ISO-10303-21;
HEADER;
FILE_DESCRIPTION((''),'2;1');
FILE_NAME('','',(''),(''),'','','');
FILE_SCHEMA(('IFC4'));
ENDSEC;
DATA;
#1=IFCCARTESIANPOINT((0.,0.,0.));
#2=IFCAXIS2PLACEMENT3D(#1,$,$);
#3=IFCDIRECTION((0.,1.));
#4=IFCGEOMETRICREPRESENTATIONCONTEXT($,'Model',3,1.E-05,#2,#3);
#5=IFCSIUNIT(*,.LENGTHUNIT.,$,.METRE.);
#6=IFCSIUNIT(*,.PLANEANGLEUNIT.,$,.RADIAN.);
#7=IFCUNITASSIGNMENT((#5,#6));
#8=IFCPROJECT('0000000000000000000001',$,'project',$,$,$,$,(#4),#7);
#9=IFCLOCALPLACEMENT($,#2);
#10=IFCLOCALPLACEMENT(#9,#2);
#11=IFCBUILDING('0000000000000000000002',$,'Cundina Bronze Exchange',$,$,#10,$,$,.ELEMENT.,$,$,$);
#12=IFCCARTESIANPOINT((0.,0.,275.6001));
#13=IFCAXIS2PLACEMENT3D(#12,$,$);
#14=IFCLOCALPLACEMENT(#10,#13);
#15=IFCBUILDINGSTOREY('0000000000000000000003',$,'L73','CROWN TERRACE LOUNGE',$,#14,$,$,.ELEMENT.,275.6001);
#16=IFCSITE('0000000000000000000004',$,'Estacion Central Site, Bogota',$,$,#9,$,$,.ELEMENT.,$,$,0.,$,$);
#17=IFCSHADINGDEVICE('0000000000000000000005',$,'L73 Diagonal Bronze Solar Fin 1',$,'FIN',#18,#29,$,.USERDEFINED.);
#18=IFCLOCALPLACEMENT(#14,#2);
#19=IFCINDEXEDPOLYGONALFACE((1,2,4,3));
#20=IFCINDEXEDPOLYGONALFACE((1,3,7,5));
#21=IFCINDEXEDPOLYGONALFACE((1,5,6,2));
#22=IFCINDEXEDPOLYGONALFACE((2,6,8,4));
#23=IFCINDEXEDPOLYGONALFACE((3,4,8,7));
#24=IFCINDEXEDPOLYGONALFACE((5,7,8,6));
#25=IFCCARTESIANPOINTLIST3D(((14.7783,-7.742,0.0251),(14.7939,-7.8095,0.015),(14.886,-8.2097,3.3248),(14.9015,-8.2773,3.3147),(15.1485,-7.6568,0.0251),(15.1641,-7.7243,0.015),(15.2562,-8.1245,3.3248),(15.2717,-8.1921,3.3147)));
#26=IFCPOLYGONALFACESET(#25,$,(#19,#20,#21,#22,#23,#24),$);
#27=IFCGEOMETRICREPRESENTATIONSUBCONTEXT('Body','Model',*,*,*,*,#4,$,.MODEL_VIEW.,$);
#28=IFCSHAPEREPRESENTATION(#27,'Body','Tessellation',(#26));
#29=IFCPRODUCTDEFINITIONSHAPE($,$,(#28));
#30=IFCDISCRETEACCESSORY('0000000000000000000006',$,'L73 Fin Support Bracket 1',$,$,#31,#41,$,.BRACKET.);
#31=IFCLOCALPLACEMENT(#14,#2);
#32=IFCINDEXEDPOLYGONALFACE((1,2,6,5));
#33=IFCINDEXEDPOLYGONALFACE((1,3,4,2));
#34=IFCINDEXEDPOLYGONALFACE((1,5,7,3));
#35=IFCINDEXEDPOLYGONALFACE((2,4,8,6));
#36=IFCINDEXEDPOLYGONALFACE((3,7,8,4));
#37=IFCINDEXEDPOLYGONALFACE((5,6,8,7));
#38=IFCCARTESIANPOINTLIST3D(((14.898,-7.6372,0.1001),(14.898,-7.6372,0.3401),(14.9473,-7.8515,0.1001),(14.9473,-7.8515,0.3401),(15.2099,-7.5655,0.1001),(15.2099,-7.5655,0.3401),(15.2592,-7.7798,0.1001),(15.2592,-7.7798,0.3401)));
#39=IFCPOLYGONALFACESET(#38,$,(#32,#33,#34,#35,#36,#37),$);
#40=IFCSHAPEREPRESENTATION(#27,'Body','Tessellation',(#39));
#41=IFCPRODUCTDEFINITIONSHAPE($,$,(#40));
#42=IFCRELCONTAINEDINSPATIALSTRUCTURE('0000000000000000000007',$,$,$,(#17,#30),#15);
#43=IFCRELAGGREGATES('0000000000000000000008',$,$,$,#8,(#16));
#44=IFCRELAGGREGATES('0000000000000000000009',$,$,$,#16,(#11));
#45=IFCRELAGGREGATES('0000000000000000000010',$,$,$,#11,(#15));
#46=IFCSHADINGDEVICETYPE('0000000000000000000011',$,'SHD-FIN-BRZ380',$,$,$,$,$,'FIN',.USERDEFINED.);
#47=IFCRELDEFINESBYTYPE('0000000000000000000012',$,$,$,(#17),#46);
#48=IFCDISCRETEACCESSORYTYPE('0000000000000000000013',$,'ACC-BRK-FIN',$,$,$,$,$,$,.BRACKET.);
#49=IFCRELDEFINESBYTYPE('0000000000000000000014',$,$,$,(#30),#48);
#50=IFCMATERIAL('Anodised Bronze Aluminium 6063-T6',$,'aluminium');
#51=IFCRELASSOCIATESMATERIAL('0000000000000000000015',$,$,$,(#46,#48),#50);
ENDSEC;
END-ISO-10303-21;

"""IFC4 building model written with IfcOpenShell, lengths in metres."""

from ifc_helpers import new_model, si_unit, direction, frame, origin, origin_2d, place, context, subcontext, project, spatial, rectangle, extrude, material, material_profile, profile_set, type_object, element, save


model = new_model("IFC4")

# Units and contexts
model_context = context("Model", 3, precision=1e-05, world=origin(), true_north=direction((0.0, 1.0)))
body_context = subcontext(model_context, "Body", "Model", "MODEL_VIEW")
ifc_project = project(units=[si_unit("LENGTHUNIT", "METRE"), si_unit("PLANEANGLEUNIT", "RADIAN")], contexts=[model_context])

# Site, building, storey
site_placement = place(None, origin())
site = spatial("IfcSite", under=ifc_project, at=site_placement, Name="Estacion Central Site, Bogota", CompositionType="ELEMENT", RefElevation=0.0)
building_placement = place(site_placement, origin())
building = spatial("IfcBuilding", under=site, at=building_placement, Name="Cundina Bronze Exchange", CompositionType="ELEMENT")
storey_placement = place(building_placement, frame((0.0, 0.0, 275.6001)))
storey = spatial("IfcBuildingStorey", under=building, at=storey_placement, Name="L73", Description="CROWN TERRACE LOUNGE", CompositionType="ELEMENT", Elevation=275.6001)

# Shared definitions
ifc_material_1 = material(Name="Anodised Bronze Aluminium 6063-T6", Category="aluminium")

# Shading device
ifc_material_profile_1 = material_profile(ifc_material_1, rectangle(XDim=0.0701, YDim=0.3799, at=origin_2d()), Name="FIN70X380", Category="aluminium")
ifc_profile_set_1 = profile_set([ifc_material_profile_1], Name="Anodised Bronze Aluminium 6063-T6")
shading_device_type = type_object("IfcShadingDeviceType", Name="SHD-FIN-BRZ380", ElementType="FIN", PredefinedType="USERDEFINED", material=ifc_profile_set_1)
shading_device_placement = place(storey_placement, frame((14.9712, -7.7332, 0.02), z_axis=(0.032288, -0.140282, 0.989585), x_axis=(-0.221966, 0.96437, 0.143949)))
element("IfcShadingDevice", 1, at=shading_device_placement, inside=storey, type_object=shading_device_type, Name="L73 Diagonal Bronze Solar Fin 1", ObjectType="FIN", PredefinedType="USERDEFINED", context=body_context, shape_type="SweptSolid", body=[
    extrude(rectangle(XDim=0.0701, YDim=0.3799, at=origin_2d()), origin(), (0.0, 0.0, 1.0), 3.3345),
])

# Discrete accessory
discrete_accessory_type = type_object("IfcDiscreteAccessoryType", Name="ACC-BRK-FIN", PredefinedType="BRACKET", material=ifc_material_1)
discrete_accessory_placement = place(storey_placement, frame((15.0786, -7.7085, 0.1001), z_axis=(0.0, 0.0, 1.0), x_axis=(0.224016, -0.974586, 0.0)))
element("IfcDiscreteAccessory", 2, at=discrete_accessory_placement, inside=storey, type_object=discrete_accessory_type, Name="L73 Fin Support Bracket 1", PredefinedType="BRACKET", context=body_context, shape_type="SweptSolid", body=[
    extrude(rectangle(XDim=0.22, YDim=0.3201, at=origin_2d()), origin(), (0.0, 0.0, 1.0), 0.24),
])

save(model, "model.ifc")
